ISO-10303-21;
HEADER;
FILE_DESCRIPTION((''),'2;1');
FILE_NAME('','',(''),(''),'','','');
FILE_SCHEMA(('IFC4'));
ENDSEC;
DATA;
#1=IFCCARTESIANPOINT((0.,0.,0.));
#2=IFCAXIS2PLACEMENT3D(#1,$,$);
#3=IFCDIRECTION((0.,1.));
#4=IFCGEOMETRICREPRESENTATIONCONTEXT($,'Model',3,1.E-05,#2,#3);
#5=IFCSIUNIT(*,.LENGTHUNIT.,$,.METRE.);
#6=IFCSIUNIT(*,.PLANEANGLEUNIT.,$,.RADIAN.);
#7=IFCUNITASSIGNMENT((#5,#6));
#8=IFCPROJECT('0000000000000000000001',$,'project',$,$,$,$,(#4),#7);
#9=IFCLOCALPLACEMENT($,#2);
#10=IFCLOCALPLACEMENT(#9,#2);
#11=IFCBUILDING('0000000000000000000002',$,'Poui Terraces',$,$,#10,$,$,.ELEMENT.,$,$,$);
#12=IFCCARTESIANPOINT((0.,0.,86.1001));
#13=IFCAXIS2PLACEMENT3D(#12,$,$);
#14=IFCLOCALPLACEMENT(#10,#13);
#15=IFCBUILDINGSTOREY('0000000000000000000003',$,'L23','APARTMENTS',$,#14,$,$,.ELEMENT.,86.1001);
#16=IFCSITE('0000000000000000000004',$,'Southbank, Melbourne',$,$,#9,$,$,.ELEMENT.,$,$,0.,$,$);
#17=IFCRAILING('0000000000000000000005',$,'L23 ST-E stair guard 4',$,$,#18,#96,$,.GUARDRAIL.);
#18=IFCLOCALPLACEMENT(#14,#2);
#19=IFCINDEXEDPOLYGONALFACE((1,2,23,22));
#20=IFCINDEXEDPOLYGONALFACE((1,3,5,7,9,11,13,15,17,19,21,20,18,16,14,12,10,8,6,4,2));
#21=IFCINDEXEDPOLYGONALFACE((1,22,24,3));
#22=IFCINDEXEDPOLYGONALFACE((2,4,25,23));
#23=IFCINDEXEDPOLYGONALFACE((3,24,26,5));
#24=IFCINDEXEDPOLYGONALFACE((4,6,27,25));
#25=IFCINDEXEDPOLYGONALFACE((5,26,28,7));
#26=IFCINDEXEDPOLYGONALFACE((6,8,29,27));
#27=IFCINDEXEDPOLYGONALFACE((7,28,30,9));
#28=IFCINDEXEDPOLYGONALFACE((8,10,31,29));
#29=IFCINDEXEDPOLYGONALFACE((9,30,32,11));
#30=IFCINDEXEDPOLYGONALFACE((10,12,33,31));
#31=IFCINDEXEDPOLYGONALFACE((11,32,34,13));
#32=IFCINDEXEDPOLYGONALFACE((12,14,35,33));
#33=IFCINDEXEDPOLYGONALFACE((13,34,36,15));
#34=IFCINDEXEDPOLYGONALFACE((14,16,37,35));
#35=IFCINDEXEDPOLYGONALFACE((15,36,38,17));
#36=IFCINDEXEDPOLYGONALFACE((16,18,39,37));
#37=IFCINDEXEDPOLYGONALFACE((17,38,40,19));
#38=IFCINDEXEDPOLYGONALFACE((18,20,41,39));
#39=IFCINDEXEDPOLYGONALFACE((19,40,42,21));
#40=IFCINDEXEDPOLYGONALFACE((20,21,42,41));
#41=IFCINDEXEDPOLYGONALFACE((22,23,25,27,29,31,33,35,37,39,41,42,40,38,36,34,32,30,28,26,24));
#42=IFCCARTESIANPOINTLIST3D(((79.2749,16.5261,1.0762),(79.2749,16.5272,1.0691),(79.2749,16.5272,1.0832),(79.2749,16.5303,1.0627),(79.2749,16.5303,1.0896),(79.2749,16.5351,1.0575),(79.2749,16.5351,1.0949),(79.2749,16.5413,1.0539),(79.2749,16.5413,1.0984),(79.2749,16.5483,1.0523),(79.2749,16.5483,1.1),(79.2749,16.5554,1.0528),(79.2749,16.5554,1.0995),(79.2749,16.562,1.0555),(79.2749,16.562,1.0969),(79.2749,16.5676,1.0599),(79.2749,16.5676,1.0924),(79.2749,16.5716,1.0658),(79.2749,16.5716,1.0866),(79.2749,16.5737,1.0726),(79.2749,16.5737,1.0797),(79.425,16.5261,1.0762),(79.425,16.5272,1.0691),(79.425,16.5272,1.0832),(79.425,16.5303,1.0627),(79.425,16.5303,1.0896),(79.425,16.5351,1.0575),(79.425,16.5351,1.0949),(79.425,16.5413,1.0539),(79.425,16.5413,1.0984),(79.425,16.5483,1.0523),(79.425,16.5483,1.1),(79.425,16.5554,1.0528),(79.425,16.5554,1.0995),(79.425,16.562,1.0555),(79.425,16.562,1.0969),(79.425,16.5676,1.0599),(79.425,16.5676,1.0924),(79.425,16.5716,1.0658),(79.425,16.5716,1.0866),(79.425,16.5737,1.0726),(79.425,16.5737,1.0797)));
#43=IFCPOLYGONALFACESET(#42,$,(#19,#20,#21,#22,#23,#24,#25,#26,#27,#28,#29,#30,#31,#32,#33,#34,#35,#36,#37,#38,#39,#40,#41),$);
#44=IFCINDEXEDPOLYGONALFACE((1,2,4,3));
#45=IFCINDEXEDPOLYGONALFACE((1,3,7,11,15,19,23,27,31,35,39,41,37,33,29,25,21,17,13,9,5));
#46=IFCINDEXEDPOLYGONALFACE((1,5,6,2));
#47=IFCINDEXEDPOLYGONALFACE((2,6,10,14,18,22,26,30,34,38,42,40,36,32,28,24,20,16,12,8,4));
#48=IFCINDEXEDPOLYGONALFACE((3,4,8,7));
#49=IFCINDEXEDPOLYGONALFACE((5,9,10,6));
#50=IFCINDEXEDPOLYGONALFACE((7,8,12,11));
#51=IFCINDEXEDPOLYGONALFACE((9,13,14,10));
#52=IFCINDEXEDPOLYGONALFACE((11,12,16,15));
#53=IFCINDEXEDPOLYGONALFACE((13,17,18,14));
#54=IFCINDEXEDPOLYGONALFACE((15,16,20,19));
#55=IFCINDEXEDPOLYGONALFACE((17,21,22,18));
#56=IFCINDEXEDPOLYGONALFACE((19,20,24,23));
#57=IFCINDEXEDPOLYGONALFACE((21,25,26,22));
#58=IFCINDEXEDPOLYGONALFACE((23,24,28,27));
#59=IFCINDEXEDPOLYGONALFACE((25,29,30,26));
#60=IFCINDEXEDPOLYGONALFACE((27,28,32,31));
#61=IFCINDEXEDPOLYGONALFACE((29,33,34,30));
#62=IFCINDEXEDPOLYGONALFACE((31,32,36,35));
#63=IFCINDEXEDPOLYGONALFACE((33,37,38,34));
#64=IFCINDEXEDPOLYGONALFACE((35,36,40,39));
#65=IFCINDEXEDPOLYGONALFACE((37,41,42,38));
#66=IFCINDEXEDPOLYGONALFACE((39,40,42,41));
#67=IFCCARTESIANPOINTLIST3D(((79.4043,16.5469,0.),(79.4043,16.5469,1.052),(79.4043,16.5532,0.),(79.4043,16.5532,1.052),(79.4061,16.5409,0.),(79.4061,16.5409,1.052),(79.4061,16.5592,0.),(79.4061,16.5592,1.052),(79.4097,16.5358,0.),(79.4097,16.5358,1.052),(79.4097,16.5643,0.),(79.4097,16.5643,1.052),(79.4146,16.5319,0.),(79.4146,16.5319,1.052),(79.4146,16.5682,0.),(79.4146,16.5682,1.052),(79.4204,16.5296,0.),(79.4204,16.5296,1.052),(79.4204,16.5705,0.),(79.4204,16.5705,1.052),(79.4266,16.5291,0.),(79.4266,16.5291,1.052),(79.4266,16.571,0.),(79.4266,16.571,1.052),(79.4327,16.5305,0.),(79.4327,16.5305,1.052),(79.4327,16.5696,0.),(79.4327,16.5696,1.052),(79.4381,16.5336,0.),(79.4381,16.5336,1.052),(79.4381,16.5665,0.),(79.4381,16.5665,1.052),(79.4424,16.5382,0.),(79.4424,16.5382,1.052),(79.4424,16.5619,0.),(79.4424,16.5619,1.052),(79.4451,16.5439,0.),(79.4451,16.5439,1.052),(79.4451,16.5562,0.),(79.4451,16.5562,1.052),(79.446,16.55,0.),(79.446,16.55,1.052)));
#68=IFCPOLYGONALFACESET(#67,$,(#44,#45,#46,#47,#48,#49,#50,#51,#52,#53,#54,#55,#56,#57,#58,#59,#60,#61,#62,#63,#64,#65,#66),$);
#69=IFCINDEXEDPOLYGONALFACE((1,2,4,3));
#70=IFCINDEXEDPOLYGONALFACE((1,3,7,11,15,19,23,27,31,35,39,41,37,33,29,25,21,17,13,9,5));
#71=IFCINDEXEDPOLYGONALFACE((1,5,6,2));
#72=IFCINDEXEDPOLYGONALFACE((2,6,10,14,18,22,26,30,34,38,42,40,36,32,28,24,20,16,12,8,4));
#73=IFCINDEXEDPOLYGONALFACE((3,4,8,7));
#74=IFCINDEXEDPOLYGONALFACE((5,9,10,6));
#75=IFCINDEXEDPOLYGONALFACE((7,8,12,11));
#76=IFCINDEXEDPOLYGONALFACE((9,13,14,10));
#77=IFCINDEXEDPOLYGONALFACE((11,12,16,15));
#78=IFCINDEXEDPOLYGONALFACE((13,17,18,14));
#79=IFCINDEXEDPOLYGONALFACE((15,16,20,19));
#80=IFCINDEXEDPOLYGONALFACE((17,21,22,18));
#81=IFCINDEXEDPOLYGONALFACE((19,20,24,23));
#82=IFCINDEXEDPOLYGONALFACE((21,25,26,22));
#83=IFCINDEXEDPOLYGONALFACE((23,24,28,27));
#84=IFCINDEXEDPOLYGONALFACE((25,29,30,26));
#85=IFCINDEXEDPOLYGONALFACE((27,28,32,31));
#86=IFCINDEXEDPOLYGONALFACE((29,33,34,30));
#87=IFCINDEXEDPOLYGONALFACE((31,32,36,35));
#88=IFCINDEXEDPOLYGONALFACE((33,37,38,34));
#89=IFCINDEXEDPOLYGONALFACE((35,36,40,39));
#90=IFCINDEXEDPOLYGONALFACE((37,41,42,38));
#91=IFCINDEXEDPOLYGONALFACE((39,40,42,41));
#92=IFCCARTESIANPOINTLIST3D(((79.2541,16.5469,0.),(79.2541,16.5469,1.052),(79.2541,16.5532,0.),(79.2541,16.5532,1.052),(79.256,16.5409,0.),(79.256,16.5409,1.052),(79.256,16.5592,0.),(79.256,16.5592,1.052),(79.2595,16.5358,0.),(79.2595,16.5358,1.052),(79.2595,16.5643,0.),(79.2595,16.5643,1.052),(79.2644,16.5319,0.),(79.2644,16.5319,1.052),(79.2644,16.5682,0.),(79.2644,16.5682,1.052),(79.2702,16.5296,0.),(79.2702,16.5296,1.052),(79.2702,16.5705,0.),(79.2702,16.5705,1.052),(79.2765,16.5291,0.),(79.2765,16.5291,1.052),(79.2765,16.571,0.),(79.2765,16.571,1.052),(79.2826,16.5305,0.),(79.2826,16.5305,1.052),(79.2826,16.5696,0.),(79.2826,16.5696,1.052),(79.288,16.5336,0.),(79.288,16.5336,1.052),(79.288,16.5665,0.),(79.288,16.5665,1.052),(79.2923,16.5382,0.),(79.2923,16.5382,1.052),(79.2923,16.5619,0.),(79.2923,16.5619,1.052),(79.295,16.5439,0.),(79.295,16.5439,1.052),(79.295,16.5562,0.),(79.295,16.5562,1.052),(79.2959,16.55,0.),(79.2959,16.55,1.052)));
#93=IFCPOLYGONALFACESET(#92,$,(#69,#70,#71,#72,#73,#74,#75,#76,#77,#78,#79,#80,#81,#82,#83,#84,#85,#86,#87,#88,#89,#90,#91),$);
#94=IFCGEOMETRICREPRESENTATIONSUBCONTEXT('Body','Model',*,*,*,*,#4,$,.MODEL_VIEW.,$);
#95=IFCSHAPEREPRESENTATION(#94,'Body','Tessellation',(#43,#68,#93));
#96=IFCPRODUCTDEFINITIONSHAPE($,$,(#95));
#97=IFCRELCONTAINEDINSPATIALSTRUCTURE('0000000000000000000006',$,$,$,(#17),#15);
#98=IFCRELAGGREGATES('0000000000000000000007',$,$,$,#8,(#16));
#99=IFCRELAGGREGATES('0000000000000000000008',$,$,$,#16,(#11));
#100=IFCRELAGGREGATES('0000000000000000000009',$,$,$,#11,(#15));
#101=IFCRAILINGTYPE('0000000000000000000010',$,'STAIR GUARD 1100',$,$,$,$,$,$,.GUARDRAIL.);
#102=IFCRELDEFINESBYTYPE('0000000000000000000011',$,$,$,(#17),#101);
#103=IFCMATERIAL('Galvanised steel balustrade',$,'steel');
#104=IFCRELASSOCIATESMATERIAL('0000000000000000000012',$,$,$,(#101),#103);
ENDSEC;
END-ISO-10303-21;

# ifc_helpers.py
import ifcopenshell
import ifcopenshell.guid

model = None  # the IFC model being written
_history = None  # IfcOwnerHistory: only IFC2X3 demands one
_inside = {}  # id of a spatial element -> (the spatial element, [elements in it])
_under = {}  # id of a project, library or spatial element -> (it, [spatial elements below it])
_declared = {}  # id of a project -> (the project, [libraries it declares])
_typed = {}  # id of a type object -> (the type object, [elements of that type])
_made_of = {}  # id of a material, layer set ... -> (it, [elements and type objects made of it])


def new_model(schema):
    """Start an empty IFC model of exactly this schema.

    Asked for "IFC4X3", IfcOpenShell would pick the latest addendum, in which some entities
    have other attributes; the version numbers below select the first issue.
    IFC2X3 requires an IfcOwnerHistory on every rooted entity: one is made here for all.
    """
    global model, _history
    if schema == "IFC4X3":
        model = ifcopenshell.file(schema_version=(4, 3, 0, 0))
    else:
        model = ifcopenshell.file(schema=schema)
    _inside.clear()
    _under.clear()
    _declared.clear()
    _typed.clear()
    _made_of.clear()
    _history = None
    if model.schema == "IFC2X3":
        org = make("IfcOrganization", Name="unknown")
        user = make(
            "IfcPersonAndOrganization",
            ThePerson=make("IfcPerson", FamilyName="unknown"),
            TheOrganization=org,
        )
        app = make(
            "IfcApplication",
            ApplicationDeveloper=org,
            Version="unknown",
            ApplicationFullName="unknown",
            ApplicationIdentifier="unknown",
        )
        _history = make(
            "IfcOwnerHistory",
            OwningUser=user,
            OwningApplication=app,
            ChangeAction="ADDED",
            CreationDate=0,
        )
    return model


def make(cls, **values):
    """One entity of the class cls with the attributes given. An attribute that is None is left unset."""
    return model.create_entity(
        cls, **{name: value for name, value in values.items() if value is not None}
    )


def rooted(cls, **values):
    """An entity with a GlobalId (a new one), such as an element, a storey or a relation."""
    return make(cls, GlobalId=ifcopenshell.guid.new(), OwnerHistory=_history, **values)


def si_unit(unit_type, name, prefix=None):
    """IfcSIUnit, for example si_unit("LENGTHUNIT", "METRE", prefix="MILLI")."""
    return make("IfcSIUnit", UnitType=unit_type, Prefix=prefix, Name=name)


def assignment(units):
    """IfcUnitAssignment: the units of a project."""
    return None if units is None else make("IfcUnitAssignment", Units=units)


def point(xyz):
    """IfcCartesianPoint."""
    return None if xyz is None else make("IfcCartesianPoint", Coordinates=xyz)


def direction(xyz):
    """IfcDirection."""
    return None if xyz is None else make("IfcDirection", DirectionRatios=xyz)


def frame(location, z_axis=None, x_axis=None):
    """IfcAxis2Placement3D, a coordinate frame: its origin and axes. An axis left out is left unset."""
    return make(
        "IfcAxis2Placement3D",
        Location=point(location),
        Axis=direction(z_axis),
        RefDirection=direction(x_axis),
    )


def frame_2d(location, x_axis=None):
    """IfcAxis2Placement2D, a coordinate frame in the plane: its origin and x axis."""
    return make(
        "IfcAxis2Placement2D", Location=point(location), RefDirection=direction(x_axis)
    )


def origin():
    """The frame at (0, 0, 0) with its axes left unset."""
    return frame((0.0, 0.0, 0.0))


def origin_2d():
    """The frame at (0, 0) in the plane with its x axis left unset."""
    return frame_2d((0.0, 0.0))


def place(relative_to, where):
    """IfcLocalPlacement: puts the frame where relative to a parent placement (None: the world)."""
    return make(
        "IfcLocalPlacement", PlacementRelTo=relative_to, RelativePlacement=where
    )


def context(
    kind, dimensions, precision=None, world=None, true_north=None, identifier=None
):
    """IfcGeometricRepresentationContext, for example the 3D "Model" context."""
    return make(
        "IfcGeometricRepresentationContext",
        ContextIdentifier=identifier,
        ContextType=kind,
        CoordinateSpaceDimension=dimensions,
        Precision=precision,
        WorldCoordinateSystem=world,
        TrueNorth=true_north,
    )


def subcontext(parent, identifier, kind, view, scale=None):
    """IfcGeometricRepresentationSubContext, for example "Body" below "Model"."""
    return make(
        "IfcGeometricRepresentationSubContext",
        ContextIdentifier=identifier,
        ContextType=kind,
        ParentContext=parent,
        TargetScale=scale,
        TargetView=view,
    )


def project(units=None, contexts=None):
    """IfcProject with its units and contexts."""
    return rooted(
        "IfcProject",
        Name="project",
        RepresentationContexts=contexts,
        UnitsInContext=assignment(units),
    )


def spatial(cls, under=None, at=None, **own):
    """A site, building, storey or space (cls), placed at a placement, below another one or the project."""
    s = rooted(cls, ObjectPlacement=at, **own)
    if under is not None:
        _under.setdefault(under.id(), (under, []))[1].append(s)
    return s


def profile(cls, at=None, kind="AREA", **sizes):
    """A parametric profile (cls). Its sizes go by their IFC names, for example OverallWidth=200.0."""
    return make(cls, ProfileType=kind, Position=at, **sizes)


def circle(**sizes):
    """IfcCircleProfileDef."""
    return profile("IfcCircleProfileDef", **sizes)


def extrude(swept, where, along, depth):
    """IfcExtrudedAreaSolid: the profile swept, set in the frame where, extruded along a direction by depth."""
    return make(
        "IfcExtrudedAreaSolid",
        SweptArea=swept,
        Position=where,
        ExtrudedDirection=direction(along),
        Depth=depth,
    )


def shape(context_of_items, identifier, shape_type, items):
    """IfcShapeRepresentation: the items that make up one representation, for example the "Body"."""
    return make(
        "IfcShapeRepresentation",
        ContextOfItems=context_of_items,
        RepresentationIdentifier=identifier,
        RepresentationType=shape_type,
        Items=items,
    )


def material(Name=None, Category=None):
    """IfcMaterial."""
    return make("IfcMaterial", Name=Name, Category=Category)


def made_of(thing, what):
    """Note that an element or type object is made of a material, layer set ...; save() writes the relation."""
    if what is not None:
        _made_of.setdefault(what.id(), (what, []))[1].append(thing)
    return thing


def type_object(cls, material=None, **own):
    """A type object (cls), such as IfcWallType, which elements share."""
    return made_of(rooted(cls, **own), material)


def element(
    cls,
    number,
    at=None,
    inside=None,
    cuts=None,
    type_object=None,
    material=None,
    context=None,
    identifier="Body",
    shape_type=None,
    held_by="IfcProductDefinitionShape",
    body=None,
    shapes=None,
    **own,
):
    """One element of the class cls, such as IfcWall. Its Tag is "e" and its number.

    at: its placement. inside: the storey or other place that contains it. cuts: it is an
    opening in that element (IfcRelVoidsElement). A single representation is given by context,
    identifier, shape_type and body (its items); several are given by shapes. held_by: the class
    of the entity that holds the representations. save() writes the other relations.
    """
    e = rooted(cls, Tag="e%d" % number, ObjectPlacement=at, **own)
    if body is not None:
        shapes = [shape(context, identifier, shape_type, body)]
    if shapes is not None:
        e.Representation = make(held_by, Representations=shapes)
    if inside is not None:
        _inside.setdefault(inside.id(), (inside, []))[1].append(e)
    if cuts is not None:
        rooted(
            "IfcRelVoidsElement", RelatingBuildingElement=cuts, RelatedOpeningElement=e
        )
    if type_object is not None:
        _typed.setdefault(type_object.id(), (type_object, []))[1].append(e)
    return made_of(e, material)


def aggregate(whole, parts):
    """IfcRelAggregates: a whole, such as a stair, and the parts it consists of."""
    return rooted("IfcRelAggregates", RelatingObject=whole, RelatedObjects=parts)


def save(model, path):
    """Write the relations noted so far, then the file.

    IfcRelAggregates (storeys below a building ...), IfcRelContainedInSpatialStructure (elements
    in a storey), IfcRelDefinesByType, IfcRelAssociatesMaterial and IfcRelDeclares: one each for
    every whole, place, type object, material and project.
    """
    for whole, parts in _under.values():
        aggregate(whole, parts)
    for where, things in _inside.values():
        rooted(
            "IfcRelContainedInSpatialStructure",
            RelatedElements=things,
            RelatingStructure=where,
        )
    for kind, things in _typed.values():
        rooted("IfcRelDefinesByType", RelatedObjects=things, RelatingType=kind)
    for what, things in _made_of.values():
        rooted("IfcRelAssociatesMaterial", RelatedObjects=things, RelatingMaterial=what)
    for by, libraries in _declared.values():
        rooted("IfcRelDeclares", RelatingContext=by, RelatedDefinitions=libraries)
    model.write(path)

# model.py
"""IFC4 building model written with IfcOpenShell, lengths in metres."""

from ifc_helpers import new_model, si_unit, direction, frame, origin, origin_2d, place, context, subcontext, project, spatial, circle, extrude, material, type_object, element, save


model = new_model("IFC4")

# Units and contexts
model_context = context("Model", 3, precision=1e-05, world=origin(), true_north=direction((0.0, 1.0)))
body_context = subcontext(model_context, "Body", "Model", "MODEL_VIEW")
ifc_project = project(units=[si_unit("LENGTHUNIT", "METRE"), si_unit("PLANEANGLEUNIT", "RADIAN")], contexts=[model_context])

# Site, building, storey
site_placement = place(None, origin())
site = spatial("IfcSite", under=ifc_project, at=site_placement, Name="Southbank, Melbourne", CompositionType="ELEMENT", RefElevation=0.0)
building_placement = place(site_placement, origin())
building = spatial("IfcBuilding", under=site, at=building_placement, Name="Poui Terraces", CompositionType="ELEMENT")
storey_placement = place(building_placement, frame((0.0, 0.0, 86.1001)))
storey = spatial("IfcBuildingStorey", under=building, at=storey_placement, Name="L23", Description="APARTMENTS", CompositionType="ELEMENT", Elevation=86.1001)

# Railing
ifc_material_1 = material(Name="Galvanised steel balustrade", Category="steel")
railing_type_1 = type_object("IfcRailingType", Name="STAIR GUARD 1100", PredefinedType="GUARDRAIL", material=ifc_material_1)
railing_1_placement = place(storey_placement, frame((79.425, 16.55, 0.0)))
element("IfcRailing", 1, at=railing_1_placement, inside=storey, type_object=railing_type_1, Name="L23 ST-E stair guard 4", PredefinedType="GUARDRAIL", context=body_context, shape_type="SweptSolid", body=[
    extrude(circle(Radius=0.0239, at=origin_2d()), frame((0.0, 0.0, 1.0762), z_axis=(-1.0, 0.0, 0.0), x_axis=(0.0, -1.0, 0.0)), (0.0, 0.0, 1.0), 0.1501),
    extrude(circle(Radius=0.021, at=origin_2d()), origin(), (0.0, 0.0, 1.0), 1.052),
    extrude(circle(Radius=0.021, at=origin_2d()), frame((-0.1501, 0.0, 0.0)), (0.0, 0.0, 1.0), 1.052),
])

save(model, "model.ifc")
